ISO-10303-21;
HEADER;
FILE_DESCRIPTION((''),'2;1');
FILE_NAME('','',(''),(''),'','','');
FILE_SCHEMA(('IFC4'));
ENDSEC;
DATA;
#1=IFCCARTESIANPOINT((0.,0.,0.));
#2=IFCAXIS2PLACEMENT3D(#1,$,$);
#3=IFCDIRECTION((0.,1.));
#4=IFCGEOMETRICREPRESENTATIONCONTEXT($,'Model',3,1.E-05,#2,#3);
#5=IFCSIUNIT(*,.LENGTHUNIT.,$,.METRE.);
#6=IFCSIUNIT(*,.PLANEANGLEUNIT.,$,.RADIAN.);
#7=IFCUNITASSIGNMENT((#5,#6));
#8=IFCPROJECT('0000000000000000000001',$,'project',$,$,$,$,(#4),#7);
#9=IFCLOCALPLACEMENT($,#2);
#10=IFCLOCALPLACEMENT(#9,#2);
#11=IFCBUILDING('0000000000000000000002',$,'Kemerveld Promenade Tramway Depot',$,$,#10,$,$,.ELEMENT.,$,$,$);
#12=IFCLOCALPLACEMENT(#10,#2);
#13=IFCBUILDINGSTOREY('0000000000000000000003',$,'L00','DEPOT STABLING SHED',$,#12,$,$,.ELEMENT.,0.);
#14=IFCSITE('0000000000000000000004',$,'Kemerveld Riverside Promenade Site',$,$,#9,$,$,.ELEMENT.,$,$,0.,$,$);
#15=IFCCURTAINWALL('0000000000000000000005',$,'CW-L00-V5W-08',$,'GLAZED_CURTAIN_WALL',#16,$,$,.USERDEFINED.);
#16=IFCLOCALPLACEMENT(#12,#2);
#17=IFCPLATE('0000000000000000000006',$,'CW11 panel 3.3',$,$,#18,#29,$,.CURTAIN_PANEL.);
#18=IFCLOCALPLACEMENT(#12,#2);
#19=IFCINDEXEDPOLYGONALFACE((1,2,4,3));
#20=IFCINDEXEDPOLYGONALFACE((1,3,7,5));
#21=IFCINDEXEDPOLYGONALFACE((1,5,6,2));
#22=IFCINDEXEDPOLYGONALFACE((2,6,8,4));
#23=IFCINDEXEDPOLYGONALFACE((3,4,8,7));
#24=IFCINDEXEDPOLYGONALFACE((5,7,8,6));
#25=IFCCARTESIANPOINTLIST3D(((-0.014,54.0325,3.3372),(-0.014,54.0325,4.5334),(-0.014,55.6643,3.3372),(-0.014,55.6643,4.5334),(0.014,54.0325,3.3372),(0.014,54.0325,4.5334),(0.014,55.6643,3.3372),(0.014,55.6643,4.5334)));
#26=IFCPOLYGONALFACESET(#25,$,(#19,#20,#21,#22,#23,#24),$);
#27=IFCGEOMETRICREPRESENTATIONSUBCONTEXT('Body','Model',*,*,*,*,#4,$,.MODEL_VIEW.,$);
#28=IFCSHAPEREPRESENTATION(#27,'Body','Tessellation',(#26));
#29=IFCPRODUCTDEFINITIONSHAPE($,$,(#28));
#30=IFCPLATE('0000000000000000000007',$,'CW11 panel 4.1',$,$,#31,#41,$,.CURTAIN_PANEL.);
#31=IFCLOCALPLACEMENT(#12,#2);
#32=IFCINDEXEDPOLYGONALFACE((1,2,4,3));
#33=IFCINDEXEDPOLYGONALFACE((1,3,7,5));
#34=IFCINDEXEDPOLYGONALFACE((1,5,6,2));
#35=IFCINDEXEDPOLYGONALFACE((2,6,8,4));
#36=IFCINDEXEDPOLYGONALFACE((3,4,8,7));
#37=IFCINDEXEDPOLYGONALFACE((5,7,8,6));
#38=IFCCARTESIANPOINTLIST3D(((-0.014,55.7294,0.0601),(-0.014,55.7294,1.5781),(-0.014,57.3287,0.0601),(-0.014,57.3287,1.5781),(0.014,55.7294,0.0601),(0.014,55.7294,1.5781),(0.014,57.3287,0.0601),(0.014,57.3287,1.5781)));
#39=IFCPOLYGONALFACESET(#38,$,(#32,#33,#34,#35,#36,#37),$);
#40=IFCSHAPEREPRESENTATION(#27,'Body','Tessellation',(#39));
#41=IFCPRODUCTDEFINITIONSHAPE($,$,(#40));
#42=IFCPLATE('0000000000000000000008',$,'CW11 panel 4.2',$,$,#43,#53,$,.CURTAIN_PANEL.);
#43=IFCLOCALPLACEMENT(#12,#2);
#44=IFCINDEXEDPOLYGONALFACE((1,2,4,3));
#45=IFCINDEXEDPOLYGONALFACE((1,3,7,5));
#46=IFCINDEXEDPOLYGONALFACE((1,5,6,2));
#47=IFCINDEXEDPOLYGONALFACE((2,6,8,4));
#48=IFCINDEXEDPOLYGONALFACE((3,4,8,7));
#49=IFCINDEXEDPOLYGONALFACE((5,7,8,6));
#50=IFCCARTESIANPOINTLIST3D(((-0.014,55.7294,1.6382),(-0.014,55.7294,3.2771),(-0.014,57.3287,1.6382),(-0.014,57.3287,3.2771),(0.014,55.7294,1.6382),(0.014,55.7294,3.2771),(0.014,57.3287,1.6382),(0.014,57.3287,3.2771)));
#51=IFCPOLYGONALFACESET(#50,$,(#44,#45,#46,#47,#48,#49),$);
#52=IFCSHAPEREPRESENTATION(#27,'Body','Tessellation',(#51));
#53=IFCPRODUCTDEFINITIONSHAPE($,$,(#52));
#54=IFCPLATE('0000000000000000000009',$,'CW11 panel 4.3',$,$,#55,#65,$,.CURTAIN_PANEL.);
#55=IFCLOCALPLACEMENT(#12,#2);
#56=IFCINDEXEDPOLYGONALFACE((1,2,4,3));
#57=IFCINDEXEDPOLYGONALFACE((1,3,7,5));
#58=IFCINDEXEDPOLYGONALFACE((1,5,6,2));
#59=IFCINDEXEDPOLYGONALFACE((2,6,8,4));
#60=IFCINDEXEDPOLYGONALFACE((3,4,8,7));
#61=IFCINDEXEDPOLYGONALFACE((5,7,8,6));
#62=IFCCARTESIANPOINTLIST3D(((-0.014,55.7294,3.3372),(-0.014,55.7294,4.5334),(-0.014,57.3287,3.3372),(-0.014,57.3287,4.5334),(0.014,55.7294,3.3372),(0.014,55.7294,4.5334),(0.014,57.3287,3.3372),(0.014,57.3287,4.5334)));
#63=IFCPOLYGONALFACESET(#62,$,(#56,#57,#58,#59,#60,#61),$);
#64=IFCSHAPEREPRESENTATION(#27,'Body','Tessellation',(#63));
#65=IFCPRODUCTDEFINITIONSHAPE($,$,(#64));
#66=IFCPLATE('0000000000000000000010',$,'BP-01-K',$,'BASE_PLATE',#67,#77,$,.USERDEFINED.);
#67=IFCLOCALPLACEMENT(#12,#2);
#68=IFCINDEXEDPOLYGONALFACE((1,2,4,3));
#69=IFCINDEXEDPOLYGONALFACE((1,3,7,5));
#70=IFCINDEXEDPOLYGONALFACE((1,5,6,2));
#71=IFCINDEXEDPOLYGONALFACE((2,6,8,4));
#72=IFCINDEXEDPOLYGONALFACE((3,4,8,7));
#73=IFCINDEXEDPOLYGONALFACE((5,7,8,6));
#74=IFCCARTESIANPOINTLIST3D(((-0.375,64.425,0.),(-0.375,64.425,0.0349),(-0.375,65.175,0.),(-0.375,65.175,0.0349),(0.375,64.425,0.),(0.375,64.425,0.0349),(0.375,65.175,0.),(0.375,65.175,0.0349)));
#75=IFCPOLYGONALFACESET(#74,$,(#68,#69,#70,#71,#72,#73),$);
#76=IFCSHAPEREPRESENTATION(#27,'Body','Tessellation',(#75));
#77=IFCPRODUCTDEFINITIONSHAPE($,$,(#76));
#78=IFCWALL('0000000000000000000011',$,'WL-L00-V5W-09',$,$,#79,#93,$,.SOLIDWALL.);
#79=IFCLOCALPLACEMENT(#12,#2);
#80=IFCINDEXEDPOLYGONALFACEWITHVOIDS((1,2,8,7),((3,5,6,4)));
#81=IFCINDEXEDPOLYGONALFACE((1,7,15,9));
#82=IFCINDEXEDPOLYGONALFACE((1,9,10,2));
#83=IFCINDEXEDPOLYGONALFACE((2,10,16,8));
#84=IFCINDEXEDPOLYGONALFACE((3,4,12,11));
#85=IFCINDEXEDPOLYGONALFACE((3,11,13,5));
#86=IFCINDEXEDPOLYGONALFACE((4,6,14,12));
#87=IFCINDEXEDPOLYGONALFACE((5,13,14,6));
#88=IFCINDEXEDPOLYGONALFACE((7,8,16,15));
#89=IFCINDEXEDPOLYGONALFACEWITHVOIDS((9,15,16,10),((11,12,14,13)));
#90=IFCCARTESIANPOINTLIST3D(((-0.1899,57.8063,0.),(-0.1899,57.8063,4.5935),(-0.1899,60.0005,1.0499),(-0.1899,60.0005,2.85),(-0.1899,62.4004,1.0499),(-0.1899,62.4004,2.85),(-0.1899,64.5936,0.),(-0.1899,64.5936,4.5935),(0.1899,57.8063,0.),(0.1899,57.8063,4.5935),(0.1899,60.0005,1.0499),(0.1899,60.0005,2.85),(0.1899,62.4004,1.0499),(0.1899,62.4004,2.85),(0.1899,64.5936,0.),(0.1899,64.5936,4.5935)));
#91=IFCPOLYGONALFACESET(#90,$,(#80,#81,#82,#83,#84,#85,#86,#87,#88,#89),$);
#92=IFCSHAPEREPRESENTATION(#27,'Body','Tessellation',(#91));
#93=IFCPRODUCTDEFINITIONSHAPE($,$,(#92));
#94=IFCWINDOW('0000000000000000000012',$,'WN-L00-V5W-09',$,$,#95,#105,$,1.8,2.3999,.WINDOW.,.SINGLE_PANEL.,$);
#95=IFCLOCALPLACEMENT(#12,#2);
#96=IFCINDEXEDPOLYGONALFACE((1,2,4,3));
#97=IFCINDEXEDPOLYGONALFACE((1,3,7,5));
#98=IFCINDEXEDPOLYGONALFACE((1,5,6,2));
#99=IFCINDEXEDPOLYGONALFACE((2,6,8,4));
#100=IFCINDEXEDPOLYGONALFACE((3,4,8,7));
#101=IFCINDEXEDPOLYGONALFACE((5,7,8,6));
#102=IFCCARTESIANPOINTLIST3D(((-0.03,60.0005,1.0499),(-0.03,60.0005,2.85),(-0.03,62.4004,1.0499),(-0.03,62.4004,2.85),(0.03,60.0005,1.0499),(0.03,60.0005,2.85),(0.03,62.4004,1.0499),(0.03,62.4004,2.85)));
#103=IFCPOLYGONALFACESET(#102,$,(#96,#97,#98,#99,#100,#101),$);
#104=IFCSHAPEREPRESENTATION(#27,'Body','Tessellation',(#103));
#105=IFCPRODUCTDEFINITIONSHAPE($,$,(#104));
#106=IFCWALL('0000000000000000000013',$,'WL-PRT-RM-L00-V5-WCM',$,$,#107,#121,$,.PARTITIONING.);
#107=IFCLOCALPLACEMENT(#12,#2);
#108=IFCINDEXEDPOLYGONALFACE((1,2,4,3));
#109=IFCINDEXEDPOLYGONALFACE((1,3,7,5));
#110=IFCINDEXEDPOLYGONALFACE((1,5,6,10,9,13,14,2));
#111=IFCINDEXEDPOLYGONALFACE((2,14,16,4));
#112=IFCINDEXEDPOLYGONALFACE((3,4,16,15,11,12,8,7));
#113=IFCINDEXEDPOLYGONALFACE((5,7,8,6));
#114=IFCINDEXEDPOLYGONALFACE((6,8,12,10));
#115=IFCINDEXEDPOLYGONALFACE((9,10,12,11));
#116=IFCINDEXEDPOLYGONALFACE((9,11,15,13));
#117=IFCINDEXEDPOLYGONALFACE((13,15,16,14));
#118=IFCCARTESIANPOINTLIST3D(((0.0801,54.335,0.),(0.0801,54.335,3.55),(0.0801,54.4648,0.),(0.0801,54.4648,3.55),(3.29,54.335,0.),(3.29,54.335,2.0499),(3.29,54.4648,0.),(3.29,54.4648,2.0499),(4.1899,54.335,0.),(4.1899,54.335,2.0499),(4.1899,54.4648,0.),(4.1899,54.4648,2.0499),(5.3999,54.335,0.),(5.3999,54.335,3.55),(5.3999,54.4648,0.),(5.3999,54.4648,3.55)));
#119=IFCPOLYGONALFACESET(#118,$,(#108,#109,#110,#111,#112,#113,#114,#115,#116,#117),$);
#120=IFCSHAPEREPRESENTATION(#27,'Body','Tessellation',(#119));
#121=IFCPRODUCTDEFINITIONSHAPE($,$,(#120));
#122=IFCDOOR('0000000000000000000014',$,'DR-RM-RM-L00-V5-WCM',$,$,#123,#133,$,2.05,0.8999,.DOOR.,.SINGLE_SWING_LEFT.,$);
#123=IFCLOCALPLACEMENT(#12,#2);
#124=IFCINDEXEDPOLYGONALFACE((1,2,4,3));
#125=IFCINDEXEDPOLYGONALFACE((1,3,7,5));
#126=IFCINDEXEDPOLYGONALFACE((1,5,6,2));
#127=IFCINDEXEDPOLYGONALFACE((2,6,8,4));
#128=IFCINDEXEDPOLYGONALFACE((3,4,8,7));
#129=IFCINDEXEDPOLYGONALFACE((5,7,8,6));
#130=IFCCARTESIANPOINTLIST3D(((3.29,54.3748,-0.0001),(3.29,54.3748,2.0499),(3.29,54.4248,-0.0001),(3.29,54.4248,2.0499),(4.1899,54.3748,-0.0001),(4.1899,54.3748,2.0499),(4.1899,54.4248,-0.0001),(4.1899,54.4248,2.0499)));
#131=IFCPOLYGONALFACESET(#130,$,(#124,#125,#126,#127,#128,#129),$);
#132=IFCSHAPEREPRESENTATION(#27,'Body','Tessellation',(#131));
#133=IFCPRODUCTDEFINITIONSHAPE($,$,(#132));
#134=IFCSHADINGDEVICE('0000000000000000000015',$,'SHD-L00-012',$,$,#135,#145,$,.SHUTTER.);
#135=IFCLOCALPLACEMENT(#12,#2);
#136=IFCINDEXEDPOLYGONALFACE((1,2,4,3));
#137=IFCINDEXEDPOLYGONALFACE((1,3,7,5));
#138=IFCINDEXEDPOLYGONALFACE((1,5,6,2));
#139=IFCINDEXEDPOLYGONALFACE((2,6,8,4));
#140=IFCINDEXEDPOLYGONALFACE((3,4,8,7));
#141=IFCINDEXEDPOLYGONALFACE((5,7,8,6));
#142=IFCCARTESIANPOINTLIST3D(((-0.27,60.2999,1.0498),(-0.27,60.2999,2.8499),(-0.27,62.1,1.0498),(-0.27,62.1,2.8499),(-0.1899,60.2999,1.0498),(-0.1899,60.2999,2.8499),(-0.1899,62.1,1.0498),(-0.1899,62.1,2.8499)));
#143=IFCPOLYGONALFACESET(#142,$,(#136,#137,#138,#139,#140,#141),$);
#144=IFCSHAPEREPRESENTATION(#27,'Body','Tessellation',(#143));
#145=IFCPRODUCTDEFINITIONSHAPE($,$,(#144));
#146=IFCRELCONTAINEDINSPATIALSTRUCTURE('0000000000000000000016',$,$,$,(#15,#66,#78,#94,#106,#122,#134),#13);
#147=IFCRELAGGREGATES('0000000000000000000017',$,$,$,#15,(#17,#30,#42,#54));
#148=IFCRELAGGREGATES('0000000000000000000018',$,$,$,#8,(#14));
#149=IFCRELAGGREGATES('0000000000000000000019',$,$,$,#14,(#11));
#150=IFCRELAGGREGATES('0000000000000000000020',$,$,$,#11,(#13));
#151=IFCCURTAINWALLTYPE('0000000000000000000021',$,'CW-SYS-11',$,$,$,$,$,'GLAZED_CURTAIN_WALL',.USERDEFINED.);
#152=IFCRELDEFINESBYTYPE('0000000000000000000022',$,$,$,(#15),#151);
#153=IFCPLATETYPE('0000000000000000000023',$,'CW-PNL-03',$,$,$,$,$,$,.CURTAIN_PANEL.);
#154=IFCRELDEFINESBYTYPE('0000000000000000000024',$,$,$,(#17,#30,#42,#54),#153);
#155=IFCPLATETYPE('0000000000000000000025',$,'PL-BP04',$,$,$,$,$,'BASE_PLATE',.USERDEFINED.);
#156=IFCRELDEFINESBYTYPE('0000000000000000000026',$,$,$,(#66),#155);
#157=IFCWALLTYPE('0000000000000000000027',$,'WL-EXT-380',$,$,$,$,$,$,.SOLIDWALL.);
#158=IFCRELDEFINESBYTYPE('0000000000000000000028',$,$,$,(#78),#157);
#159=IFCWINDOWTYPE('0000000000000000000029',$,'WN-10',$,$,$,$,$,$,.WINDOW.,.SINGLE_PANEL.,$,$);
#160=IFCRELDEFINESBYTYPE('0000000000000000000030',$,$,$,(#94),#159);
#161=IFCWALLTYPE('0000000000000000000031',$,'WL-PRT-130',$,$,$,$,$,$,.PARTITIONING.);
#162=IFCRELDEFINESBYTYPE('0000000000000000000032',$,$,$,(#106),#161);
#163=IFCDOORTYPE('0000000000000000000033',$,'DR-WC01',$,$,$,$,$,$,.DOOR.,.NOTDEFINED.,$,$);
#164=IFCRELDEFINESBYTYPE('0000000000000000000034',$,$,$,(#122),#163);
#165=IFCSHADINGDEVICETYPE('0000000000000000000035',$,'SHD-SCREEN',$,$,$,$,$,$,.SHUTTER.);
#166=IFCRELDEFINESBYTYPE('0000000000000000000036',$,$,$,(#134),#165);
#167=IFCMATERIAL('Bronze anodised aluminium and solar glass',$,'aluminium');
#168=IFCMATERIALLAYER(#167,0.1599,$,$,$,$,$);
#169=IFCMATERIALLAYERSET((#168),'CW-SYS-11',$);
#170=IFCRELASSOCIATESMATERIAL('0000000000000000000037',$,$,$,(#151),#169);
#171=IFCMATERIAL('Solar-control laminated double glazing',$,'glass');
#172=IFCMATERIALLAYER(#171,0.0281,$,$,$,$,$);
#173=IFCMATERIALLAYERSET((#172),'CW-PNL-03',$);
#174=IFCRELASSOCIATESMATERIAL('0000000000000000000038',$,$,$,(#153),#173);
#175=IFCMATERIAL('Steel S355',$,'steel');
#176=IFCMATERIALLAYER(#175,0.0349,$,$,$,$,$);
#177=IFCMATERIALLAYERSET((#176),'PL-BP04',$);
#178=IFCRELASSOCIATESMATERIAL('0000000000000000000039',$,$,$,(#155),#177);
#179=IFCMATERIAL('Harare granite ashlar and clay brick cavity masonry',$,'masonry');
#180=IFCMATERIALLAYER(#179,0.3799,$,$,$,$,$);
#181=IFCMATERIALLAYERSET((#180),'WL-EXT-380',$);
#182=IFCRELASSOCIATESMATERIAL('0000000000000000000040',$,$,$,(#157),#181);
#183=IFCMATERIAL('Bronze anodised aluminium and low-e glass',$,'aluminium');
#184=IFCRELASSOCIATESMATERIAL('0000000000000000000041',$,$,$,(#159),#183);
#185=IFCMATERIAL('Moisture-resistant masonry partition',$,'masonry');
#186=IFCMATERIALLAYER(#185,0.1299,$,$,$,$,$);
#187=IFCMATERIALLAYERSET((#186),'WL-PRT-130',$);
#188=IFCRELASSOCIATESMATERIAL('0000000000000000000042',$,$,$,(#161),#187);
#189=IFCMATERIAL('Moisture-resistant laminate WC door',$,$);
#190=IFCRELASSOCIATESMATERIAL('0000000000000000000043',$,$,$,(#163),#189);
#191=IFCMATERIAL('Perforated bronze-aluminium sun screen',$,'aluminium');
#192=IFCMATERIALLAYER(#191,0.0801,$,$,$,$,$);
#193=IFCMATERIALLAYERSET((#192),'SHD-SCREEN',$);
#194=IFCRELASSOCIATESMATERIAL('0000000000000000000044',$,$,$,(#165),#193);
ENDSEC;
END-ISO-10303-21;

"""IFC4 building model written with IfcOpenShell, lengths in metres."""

from ifc_helpers import new_model, si_unit, direction, frame, frame_2d, origin, origin_2d, place, context, subcontext, project, spatial, rectangle, extrude, material, layer, layer_set, type_object, element, fill, aggregate, save


model = new_model("IFC4")

# Units and contexts
model_context = context("Model", 3, precision=1e-05, world=origin(), true_north=direction((0.0, 1.0)))
body_context = subcontext(model_context, "Body", "Model", "MODEL_VIEW")
ifc_project = project(units=[si_unit("LENGTHUNIT", "METRE"), si_unit("PLANEANGLEUNIT", "RADIAN")], contexts=[model_context])

# Site, building, storey
site_placement = place(None, origin())
site = spatial("IfcSite", under=ifc_project, at=site_placement, Name="Kemerveld Riverside Promenade Site", CompositionType="ELEMENT", RefElevation=0.0)
building_placement = place(site_placement, origin())
building = spatial("IfcBuilding", under=site, at=building_placement, Name="Kemerveld Promenade Tramway Depot", CompositionType="ELEMENT")
storey_placement = place(building_placement, origin())
storey = spatial("IfcBuildingStorey", under=building, at=storey_placement, Name="L00", Description="DEPOT STABLING SHED", CompositionType="ELEMENT", Elevation=0.0)

# Shared definitions
ifc_material_1 = material(Name="Steel S355", Category="steel")

# Curtain wall, plates
ifc_material_2 = material(Name="Bronze anodised aluminium and solar glass", Category="aluminium")
ifc_layer_1 = layer(ifc_material_2, 0.1599)
ifc_layer_set_1 = layer_set([ifc_layer_1], Name="CW-SYS-11")
curtain_wall_type = type_object("IfcCurtainWallType", Name="CW-SYS-11", ElementType="GLAZED_CURTAIN_WALL", PredefinedType="USERDEFINED", material=ifc_layer_set_1)
curtain_wall_placement = place(storey_placement, origin())
curtain_wall = element("IfcCurtainWall", 1, at=curtain_wall_placement, inside=storey, type_object=curtain_wall_type, Name="CW-L00-V5W-08", ObjectType="GLAZED_CURTAIN_WALL", PredefinedType="USERDEFINED")
ifc_material_3 = material(Name="Solar-control laminated double glazing", Category="glass")
ifc_layer_2 = layer(ifc_material_3, 0.0281)
ifc_layer_set_2 = layer_set([ifc_layer_2], Name="CW-PNL-03")
plate_type_1 = type_object("IfcPlateType", Name="CW-PNL-03", PredefinedType="CURTAIN_PANEL", material=ifc_layer_set_2)
plate_1_placement = place(storey_placement, frame((0.0, 54.8484, 3.3372), z_axis=(0.0, 0.0, 1.0), x_axis=(0.0, 1.0, 0.0)))
plate_1 = element("IfcPlate", 2, at=plate_1_placement, type_object=plate_type_1, Name="CW11 panel 3.3", PredefinedType="CURTAIN_PANEL", context=body_context, shape_type="SweptSolid", body=[
    extrude(rectangle(XDim=1.6318, YDim=0.0281, at=origin_2d()), origin(), (0.0, 0.0, 1.0), 1.1963),
])
plate_2_placement = place(storey_placement, frame((0.0, 56.5291, 0.0601), z_axis=(0.0, 0.0, 1.0), x_axis=(0.0, 1.0, 0.0)))
plate_2 = element("IfcPlate", 3, at=plate_2_placement, type_object=plate_type_1, Name="CW11 panel 4.1", PredefinedType="CURTAIN_PANEL", context=body_context, shape_type="SweptSolid", body=[
    extrude(rectangle(XDim=1.5994, YDim=0.0281, at=origin_2d()), origin(), (0.0, 0.0, 1.0), 1.5181),
])
plate_3_placement = place(storey_placement, frame((0.0, 56.5291, 1.6382), z_axis=(0.0, 0.0, 1.0), x_axis=(0.0, 1.0, 0.0)))
plate_3 = element("IfcPlate", 4, at=plate_3_placement, type_object=plate_type_1, Name="CW11 panel 4.2", PredefinedType="CURTAIN_PANEL", context=body_context, shape_type="SweptSolid", body=[
    extrude(rectangle(XDim=1.5994, YDim=0.0281, at=origin_2d()), origin(), (0.0, 0.0, 1.0), 1.6389),
])
plate_4_placement = place(storey_placement, frame((0.0, 56.5291, 3.3372), z_axis=(0.0, 0.0, 1.0), x_axis=(0.0, 1.0, 0.0)))
plate_4 = element("IfcPlate", 5, at=plate_4_placement, type_object=plate_type_1, Name="CW11 panel 4.3", PredefinedType="CURTAIN_PANEL", context=body_context, shape_type="SweptSolid", body=[
    extrude(rectangle(XDim=1.5994, YDim=0.0281, at=origin_2d()), origin(), (0.0, 0.0, 1.0), 1.1963),
])
aggregate(curtain_wall, [plate_1, plate_2, plate_3, plate_4])

# Plate
ifc_layer_3 = layer(ifc_material_1, 0.0349)
ifc_layer_set_3 = layer_set([ifc_layer_3], Name="PL-BP04")
plate_type_2 = type_object("IfcPlateType", Name="PL-BP04", ElementType="BASE_PLATE", PredefinedType="USERDEFINED", material=ifc_layer_set_3)
plate_5_placement = place(storey_placement, frame((0.0, 64.8, 0.0), z_axis=(0.0, 0.0, 1.0), x_axis=(1.0, 0.0, 0.0)))
element("IfcPlate", 6, at=plate_5_placement, inside=storey, type_object=plate_type_2, Name="BP-01-K", ObjectType="BASE_PLATE", PredefinedType="USERDEFINED", context=body_context, shape_type="SweptSolid", body=[
    extrude(rectangle(XDim=0.75, YDim=0.75, at=origin_2d()), origin(), (0.0, 0.0, 1.0), 0.0349),
])

# Wall, opening, window
ifc_material_4 = material(Name="Harare granite ashlar and clay brick cavity masonry", Category="masonry")
ifc_layer_4 = layer(ifc_material_4, 0.3799)
ifc_layer_set_4 = layer_set([ifc_layer_4], Name="WL-EXT-380")
wall_type_1 = type_object("IfcWallType", Name="WL-EXT-380", PredefinedType="SOLIDWALL", material=ifc_layer_set_4)
wall_1_placement = place(storey_placement, frame((0.0, 57.8064, 0.0), z_axis=(0.0, 0.0, 1.0), x_axis=(0.0, 1.0, 0.0)))
wall_1 = element("IfcWall", 7, at=wall_1_placement, inside=storey, type_object=wall_type_1, Name="WL-L00-V5W-09", PredefinedType="SOLIDWALL", context=body_context, shape_type="SweptSolid", body=[
    extrude(rectangle(XDim=6.7874, YDim=0.3799, at=frame_2d((3.3936, 0.0))), origin(), (0.0, 0.0, 1.0), 4.5935),
])
opening_1_placement = place(wall_1_placement, frame((2.1941, 0.0, 1.05)))
opening_1 = element("IfcOpeningElement", 8, at=opening_1_placement, cuts=wall_1, PredefinedType="OPENING", context=body_context, shape_type="SweptSolid", body=[
    extrude(rectangle(XDim=2.3999, YDim=1.8, at=frame_2d((1.2, 0.8999))), frame((0.0, 0.2, 0.0), z_axis=(0.0, -1.0, 0.0), x_axis=(1.0, 0.0, 0.0)), (0.0, 0.0, 1.0), 0.3999),
])
ifc_material_5 = material(Name="Bronze anodised aluminium and low-e glass", Category="aluminium")
window_type = type_object("IfcWindowType", Name="WN-10", PartitioningType="SINGLE_PANEL", PredefinedType="WINDOW", material=ifc_material_5)
window_placement = place(opening_1_placement, origin())
window = element("IfcWindow", 9, at=window_placement, inside=storey, type_object=window_type, Name="WN-L00-V5W-09", OverallHeight=1.8, OverallWidth=2.3999, PartitioningType="SINGLE_PANEL", PredefinedType="WINDOW", context=body_context, shape_type="SweptSolid", body=[
    extrude(rectangle(XDim=2.3999, YDim=1.8, at=frame_2d((1.2, 0.8999))), frame((0.0, 0.03, 0.0), z_axis=(0.0, -1.0, 0.0), x_axis=(1.0, 0.0, 0.0)), (0.0, 0.0, 1.0), 0.0601),
])
fill(opening_1, window)

# Wall, opening, door
ifc_material_6 = material(Name="Moisture-resistant masonry partition", Category="masonry")
ifc_layer_5 = layer(ifc_material_6, 0.1299)
ifc_layer_set_5 = layer_set([ifc_layer_5], Name="WL-PRT-130")
wall_type_2 = type_object("IfcWallType", Name="WL-PRT-130", PredefinedType="PARTITIONING", material=ifc_layer_set_5)
wall_2_placement = place(storey_placement, frame((0.0801, 54.3999, 0.0), z_axis=(0.0, 0.0, 1.0), x_axis=(1.0, 0.0, 0.0)))
wall_2 = element("IfcWall", 10, at=wall_2_placement, inside=storey, type_object=wall_type_2, Name="WL-PRT-RM-L00-V5-WCM", PredefinedType="PARTITIONING", context=body_context, shape_type="SweptSolid", body=[
    extrude(rectangle(XDim=5.3198, YDim=0.1299, at=frame_2d((2.6599, 0.0))), origin(), (0.0, 0.0, 1.0), 3.55),
])
opening_2_placement = place(wall_2_placement, frame((3.21, 0.0, 0.0)))
opening_2 = element("IfcOpeningElement", 11, at=opening_2_placement, cuts=wall_2, PredefinedType="OPENING", context=body_context, shape_type="SweptSolid", body=[
    extrude(rectangle(XDim=0.8999, YDim=2.05, at=frame_2d((0.45, 1.0249))), frame((0.0, 0.075, 0.0), z_axis=(0.0, -1.0, 0.0), x_axis=(1.0, 0.0, 0.0)), (0.0, 0.0, 1.0), 0.1499),
])
ifc_material_7 = material(Name="Moisture-resistant laminate WC door")
door_type = type_object("IfcDoorType", Name="DR-WC01", OperationType="NOTDEFINED", PredefinedType="DOOR", material=ifc_material_7)
door_placement = place(opening_2_placement, origin())
door = element("IfcDoor", 12, at=door_placement, inside=storey, type_object=door_type, Name="DR-RM-RM-L00-V5-WCM", OperationType="SINGLE_SWING_LEFT", OverallHeight=2.05, OverallWidth=0.8999, PredefinedType="DOOR", context=body_context, shape_type="SweptSolid", body=[
    extrude(rectangle(XDim=0.8999, YDim=2.05, at=frame_2d((0.45, 1.0249))), frame((0.0, 0.0249, 0.0), z_axis=(0.0, -1.0, 0.0), x_axis=(1.0, 0.0, 0.0)), (0.0, 0.0, 1.0), 0.05),
])
fill(opening_2, door)

# Shading device
ifc_material_8 = material(Name="Perforated bronze-aluminium sun screen", Category="aluminium")
ifc_layer_6 = layer(ifc_material_8, 0.0801)
ifc_layer_set_6 = layer_set([ifc_layer_6], Name="SHD-SCREEN")
shading_device_type = type_object("IfcShadingDeviceType", Name="SHD-SCREEN", PredefinedType="SHUTTER", material=ifc_layer_set_6)
shading_device_placement = place(storey_placement, frame((-0.23, 61.2, 1.0498), z_axis=(0.0, 0.0, 1.0), x_axis=(1.0, 0.0, 0.0)))
element("IfcShadingDevice", 13, at=shading_device_placement, inside=storey, type_object=shading_device_type, Name="SHD-L00-012", PredefinedType="SHUTTER", context=body_context, shape_type="SweptSolid", body=[
    extrude(rectangle(XDim=0.0801, YDim=1.8, at=origin_2d()), origin(), (0.0, 0.0, 1.0), 1.8),
])

save(model, "model.ifc")
